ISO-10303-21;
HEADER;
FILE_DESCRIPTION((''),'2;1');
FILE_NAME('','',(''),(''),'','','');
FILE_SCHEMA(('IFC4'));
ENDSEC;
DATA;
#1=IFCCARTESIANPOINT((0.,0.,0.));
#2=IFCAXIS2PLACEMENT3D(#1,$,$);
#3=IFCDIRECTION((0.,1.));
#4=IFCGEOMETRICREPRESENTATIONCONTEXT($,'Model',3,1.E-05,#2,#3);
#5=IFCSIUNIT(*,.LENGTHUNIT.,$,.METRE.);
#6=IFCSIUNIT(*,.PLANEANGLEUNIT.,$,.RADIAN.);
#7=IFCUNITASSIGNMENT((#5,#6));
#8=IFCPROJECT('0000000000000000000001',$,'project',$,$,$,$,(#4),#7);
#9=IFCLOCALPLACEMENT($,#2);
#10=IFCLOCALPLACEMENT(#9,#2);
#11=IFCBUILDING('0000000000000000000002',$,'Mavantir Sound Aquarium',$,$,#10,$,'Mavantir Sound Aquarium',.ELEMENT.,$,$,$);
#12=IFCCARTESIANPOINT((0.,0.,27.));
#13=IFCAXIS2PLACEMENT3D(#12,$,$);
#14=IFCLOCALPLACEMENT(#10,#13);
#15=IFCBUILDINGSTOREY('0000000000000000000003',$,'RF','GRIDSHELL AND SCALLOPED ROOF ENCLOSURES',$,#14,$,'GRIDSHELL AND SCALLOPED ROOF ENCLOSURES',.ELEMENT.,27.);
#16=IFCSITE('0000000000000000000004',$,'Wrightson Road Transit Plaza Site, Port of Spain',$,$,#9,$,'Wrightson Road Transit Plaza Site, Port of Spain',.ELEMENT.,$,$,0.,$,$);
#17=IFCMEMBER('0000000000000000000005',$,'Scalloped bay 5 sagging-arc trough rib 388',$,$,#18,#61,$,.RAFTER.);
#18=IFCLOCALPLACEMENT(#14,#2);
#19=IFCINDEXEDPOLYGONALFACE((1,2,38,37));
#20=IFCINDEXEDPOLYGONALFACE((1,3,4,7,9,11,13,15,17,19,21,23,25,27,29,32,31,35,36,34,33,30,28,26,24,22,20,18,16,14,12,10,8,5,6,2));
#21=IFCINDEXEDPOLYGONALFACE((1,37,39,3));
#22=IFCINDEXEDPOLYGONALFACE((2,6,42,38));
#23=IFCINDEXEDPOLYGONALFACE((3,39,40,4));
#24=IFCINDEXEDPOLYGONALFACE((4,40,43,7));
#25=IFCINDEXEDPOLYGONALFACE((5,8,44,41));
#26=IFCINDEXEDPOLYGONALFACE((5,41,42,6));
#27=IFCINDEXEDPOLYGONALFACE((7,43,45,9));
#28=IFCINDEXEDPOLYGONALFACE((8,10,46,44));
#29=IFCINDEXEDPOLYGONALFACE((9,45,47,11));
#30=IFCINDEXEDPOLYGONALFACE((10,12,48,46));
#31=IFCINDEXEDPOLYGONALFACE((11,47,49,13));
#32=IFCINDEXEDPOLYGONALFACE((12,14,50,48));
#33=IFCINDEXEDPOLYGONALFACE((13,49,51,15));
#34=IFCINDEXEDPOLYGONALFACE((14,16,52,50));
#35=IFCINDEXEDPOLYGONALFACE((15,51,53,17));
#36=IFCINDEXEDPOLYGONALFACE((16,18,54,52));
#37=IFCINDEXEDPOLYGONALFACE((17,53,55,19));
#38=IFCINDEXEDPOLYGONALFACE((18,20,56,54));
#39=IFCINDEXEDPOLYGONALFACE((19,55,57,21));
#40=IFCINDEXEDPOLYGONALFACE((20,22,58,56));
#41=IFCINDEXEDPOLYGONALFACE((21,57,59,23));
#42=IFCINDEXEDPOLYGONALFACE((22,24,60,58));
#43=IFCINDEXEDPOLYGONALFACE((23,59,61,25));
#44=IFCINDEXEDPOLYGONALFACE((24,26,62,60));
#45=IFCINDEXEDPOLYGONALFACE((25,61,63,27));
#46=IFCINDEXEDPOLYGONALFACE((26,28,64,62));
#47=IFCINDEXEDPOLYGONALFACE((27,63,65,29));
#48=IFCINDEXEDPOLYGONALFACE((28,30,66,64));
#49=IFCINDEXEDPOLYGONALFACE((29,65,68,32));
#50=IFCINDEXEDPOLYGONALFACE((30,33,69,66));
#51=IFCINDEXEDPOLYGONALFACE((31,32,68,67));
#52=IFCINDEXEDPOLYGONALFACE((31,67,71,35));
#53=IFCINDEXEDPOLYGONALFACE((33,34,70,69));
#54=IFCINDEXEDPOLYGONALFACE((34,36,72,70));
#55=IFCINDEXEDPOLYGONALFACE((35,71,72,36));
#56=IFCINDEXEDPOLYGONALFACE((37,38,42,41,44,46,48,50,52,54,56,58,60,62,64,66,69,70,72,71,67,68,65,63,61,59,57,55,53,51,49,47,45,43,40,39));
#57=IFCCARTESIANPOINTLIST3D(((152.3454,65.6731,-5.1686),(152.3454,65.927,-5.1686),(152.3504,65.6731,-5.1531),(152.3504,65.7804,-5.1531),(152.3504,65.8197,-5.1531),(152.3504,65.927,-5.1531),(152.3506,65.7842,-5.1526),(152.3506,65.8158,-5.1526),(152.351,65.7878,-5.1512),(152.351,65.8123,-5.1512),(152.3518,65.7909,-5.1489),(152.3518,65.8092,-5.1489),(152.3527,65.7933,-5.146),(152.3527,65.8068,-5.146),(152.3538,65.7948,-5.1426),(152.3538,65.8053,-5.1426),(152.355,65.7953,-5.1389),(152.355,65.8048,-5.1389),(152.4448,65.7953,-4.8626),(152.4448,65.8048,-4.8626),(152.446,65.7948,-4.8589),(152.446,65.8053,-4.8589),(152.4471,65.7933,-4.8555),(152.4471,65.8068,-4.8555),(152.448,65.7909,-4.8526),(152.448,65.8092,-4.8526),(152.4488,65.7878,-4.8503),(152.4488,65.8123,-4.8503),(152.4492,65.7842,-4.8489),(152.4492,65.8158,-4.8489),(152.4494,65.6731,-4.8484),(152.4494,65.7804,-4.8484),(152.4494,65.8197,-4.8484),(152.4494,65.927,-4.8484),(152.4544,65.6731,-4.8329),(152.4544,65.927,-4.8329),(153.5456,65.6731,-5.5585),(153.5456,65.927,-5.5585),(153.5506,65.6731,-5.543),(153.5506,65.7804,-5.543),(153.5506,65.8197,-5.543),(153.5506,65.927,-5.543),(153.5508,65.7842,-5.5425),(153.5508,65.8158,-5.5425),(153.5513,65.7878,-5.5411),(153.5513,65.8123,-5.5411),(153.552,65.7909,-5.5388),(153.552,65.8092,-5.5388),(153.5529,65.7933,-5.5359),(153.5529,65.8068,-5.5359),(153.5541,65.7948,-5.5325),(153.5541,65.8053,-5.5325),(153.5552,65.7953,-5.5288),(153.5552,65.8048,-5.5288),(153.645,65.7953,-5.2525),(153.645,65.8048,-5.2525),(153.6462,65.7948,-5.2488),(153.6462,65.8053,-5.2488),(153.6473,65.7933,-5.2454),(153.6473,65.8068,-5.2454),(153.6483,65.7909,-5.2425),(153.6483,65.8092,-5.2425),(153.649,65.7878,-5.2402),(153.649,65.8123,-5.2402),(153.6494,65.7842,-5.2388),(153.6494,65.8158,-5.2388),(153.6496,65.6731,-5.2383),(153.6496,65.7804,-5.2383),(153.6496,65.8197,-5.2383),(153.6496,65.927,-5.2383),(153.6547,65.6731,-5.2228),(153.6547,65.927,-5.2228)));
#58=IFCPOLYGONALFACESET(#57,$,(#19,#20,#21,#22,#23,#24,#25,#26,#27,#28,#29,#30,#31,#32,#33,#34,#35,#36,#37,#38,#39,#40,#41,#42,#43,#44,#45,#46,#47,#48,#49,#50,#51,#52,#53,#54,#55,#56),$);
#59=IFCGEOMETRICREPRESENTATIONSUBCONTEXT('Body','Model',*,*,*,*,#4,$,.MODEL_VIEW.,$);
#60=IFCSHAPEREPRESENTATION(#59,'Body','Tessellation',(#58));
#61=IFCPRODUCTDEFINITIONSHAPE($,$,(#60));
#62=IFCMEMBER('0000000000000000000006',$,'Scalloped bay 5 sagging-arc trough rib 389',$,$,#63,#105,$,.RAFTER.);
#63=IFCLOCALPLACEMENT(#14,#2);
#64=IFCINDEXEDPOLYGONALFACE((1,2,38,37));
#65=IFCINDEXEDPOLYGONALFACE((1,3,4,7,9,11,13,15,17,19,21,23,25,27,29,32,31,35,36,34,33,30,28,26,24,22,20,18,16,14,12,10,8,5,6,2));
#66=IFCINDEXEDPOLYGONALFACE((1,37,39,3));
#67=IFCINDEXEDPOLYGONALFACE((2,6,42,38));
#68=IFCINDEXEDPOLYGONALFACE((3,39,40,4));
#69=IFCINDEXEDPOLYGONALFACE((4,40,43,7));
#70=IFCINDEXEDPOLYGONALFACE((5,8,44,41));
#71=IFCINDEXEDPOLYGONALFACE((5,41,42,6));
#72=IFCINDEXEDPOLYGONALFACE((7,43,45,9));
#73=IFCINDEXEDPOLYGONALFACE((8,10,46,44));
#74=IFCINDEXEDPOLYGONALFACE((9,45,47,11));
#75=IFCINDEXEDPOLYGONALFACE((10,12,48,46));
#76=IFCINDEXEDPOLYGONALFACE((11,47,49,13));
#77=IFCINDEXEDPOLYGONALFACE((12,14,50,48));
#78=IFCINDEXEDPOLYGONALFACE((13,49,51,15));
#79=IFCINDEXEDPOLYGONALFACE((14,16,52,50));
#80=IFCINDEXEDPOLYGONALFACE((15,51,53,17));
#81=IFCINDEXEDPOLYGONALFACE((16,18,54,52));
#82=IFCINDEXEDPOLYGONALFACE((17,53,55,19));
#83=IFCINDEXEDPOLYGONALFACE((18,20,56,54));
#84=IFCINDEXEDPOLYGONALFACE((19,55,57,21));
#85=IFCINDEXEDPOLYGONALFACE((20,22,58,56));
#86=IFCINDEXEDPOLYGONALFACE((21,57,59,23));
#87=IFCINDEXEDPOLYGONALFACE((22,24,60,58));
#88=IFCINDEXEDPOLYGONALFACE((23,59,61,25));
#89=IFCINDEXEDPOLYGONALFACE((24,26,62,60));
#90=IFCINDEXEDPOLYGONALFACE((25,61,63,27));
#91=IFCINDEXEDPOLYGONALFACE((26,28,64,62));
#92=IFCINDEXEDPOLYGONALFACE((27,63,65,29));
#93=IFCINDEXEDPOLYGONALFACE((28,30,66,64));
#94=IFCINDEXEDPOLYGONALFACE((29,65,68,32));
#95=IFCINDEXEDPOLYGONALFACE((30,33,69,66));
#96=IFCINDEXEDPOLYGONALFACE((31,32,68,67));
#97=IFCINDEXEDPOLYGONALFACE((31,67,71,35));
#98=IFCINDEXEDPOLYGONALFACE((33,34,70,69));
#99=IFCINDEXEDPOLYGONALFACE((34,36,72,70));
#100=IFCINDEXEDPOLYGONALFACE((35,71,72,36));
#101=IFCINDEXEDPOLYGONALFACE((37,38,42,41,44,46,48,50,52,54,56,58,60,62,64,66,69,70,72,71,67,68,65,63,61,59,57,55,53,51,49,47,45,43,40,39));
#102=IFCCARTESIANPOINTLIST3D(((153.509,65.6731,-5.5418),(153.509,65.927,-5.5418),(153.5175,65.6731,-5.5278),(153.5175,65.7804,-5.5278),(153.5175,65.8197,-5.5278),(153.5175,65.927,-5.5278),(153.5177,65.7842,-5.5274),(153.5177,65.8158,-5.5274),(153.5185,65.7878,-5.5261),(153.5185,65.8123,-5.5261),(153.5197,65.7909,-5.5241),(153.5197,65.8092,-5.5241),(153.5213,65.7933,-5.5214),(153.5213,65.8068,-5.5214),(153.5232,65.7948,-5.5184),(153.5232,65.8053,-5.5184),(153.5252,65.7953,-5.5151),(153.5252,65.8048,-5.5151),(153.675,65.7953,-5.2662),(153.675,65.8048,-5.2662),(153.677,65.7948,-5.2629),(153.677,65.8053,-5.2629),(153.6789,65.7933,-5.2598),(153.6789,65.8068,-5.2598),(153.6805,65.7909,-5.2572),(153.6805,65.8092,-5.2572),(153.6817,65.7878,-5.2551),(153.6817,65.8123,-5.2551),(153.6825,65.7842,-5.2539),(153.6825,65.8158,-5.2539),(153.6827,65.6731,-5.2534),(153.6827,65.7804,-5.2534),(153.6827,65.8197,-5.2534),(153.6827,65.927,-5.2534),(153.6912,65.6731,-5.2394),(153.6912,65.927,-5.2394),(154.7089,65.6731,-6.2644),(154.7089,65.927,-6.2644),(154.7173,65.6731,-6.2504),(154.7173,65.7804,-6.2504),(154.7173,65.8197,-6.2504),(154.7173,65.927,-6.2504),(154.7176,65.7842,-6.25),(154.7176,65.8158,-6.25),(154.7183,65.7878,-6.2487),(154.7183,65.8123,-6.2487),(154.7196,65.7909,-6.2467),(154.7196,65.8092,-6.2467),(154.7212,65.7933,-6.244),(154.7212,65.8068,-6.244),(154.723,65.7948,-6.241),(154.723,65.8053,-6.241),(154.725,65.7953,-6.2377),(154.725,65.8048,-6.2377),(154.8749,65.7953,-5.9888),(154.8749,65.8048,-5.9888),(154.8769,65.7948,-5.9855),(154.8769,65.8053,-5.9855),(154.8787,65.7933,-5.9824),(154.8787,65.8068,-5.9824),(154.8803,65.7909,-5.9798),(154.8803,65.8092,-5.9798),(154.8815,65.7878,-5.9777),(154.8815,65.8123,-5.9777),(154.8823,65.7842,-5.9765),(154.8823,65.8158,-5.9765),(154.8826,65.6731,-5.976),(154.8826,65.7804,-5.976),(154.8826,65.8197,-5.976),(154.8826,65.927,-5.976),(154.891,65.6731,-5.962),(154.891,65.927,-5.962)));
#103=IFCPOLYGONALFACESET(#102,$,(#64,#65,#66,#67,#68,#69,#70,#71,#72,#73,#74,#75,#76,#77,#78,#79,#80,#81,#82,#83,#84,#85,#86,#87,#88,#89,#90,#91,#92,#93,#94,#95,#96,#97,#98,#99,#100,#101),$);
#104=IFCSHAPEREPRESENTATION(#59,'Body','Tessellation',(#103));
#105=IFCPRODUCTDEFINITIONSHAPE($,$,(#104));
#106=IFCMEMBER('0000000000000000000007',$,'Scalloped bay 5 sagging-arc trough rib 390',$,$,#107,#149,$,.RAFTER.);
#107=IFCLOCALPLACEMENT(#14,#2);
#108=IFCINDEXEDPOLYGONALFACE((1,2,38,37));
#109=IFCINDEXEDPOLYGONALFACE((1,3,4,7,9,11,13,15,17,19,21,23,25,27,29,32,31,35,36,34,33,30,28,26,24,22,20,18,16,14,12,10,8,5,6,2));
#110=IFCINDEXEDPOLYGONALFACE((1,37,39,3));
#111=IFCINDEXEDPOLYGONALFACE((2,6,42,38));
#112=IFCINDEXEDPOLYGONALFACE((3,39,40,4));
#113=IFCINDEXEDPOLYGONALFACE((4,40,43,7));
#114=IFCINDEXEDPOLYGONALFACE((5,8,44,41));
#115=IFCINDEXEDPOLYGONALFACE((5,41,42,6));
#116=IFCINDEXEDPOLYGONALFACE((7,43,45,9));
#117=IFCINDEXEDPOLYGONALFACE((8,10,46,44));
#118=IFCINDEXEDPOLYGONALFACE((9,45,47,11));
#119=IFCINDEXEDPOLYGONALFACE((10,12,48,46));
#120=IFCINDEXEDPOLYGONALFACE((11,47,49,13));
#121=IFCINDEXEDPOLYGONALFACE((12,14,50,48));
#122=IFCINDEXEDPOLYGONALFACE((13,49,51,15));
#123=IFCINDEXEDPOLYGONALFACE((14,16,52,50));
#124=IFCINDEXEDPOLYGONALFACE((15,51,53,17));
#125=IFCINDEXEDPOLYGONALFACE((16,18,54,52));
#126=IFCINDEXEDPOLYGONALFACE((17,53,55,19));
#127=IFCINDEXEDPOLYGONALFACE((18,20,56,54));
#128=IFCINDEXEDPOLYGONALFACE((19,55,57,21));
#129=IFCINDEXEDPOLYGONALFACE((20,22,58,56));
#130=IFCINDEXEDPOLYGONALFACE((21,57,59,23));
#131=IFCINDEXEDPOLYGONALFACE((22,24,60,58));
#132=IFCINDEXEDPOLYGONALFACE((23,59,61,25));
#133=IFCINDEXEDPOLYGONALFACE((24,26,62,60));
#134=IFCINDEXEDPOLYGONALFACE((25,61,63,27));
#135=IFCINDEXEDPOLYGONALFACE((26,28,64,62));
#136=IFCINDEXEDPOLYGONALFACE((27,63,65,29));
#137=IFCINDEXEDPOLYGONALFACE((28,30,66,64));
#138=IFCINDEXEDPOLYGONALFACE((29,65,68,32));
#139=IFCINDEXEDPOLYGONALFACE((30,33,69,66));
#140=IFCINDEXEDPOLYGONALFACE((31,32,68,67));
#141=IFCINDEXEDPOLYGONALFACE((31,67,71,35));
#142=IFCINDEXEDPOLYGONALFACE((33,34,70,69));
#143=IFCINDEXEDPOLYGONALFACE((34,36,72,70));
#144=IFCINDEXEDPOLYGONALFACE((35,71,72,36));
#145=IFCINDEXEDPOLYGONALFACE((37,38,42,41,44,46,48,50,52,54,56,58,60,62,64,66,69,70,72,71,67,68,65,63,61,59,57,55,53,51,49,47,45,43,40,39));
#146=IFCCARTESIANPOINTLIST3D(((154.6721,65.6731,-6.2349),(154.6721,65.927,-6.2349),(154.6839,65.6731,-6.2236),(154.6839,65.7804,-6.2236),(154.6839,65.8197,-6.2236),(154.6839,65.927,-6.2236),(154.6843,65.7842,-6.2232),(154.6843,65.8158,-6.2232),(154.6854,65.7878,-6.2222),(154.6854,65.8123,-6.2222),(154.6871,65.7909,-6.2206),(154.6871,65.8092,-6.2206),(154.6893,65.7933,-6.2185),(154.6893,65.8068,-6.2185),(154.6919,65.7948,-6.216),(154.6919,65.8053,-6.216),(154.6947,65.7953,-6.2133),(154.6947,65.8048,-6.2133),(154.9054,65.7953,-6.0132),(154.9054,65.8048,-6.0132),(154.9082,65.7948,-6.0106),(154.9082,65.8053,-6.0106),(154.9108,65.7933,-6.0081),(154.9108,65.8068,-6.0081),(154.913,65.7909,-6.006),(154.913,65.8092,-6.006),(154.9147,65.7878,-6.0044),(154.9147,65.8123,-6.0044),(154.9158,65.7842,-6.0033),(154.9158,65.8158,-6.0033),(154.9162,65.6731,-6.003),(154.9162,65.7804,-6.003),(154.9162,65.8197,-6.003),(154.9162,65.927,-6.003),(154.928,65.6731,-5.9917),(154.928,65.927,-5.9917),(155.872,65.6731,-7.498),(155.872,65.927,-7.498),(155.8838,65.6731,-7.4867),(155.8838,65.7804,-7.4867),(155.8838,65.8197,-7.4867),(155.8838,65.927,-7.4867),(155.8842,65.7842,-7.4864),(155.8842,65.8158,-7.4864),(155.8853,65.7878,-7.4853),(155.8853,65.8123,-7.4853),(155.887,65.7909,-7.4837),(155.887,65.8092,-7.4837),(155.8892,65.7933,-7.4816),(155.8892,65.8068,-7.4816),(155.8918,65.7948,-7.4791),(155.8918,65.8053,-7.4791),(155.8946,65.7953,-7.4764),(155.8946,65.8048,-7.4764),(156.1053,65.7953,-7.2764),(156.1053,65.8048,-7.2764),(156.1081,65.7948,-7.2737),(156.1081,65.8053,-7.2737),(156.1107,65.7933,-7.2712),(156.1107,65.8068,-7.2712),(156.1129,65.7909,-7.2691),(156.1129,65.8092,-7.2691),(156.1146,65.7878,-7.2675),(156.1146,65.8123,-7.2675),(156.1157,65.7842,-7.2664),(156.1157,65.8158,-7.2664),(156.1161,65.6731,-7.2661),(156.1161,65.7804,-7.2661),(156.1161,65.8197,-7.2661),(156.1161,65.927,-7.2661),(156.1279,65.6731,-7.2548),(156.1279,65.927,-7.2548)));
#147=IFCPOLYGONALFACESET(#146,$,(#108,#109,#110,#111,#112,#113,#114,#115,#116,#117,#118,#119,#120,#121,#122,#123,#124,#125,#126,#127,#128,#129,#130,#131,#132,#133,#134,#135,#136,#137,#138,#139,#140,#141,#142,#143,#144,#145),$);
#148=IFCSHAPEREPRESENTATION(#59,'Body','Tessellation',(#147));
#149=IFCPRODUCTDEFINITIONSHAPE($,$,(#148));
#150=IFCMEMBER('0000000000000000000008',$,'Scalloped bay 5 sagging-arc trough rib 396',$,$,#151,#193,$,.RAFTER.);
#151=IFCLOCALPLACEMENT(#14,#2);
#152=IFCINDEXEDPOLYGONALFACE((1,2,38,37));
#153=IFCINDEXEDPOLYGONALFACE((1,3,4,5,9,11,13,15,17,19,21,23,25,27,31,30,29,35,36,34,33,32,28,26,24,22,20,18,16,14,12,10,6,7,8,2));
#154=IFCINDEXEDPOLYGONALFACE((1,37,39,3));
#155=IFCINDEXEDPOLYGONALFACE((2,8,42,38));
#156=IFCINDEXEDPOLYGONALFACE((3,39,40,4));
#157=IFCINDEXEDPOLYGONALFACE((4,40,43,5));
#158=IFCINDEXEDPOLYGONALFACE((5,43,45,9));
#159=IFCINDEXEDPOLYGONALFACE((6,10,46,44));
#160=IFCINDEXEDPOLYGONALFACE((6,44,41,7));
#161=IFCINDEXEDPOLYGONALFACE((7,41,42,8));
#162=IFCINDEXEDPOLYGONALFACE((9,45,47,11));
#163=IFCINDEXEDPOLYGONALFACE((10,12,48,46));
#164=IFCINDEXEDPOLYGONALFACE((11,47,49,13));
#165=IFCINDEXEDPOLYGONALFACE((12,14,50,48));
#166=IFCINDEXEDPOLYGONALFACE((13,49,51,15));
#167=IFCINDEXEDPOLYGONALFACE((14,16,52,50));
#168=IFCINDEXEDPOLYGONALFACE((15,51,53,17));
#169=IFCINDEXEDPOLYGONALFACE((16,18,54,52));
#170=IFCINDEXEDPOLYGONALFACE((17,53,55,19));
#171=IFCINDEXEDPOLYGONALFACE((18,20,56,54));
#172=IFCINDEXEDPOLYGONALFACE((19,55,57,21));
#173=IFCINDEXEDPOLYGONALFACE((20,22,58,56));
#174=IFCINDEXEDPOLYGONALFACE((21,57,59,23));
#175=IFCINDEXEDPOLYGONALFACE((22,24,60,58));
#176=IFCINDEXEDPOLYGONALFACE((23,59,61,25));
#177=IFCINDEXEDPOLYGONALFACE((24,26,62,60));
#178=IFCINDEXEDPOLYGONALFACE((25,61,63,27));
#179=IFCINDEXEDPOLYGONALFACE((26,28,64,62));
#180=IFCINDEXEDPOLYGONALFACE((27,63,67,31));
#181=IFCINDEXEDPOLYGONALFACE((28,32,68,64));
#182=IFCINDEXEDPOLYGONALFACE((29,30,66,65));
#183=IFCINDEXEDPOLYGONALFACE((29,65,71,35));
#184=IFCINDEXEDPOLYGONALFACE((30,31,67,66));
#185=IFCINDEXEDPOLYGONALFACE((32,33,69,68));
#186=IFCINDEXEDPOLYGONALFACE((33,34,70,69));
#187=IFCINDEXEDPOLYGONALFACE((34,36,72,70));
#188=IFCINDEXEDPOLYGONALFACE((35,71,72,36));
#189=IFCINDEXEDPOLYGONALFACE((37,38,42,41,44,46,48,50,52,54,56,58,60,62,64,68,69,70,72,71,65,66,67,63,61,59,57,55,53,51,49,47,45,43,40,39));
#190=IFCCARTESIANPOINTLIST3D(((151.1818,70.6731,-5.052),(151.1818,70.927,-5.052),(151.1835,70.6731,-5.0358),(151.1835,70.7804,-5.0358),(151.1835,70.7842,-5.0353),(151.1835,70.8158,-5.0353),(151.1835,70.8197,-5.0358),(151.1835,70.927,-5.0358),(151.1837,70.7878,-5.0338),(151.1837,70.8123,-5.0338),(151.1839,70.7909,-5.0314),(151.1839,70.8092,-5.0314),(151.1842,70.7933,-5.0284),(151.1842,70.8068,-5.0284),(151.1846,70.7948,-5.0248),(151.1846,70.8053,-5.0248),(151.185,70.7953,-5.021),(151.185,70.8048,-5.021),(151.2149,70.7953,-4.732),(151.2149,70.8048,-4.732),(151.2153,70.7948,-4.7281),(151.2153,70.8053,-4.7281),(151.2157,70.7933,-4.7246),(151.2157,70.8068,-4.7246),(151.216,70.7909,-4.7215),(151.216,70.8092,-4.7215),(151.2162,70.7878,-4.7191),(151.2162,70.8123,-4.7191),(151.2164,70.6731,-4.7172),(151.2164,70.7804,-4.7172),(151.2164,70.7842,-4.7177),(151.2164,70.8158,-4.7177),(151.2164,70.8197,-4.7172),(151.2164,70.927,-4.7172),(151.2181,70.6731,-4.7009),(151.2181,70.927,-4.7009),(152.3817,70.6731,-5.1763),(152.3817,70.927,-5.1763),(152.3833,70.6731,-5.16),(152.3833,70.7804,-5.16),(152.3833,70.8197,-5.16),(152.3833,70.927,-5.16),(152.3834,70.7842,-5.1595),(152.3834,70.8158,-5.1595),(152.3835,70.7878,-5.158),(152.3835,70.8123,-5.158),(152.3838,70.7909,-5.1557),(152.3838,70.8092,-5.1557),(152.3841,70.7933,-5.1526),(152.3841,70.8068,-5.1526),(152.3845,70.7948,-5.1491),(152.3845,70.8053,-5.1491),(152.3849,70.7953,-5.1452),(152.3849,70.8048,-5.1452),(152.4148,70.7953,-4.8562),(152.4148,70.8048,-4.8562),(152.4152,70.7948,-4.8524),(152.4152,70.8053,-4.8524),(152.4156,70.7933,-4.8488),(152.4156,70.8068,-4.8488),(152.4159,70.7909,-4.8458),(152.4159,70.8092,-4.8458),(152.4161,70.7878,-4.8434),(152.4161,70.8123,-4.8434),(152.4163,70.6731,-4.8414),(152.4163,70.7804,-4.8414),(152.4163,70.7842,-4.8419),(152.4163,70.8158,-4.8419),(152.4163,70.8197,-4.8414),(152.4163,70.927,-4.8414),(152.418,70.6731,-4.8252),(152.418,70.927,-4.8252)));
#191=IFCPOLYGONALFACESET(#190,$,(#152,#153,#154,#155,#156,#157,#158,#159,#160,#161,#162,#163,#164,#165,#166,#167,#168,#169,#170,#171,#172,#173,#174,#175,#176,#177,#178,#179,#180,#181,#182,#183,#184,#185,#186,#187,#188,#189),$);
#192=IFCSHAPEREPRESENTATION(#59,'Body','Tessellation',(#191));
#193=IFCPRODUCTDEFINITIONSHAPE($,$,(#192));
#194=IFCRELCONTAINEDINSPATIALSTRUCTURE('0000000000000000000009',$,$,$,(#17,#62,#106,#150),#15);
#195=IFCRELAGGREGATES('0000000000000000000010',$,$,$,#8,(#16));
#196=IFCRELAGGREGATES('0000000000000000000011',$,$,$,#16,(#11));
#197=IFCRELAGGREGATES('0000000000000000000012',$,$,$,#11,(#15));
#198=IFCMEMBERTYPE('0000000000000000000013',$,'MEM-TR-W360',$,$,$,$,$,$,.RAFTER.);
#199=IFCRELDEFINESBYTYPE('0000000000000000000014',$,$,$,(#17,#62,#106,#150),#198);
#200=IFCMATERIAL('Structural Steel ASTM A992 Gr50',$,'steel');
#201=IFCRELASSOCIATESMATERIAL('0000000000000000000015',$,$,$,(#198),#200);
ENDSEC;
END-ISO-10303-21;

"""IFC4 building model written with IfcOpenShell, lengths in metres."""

from ifc_helpers import new_model, si_unit, direction, frame, origin, origin_2d, place, context, subcontext, project, spatial, i_section, extrude, material, material_profile, profile_set, type_object, element, save


model = new_model("IFC4")

# Units and contexts
model_context = context("Model", 3, precision=1e-05, world=origin(), true_north=direction((0.0, 1.0)))
body_context = subcontext(model_context, "Body", "Model", "MODEL_VIEW")
ifc_project = project(units=[si_unit("LENGTHUNIT", "METRE"), si_unit("PLANEANGLEUNIT", "RADIAN")], contexts=[model_context])

# Site, building, storey
site_placement = place(None, origin())
site = spatial("IfcSite", under=ifc_project, at=site_placement, Name="Wrightson Road Transit Plaza Site, Port of Spain", LongName="Wrightson Road Transit Plaza Site, Port of Spain", CompositionType="ELEMENT", RefElevation=0.0)
building_placement = place(site_placement, origin())
building = spatial("IfcBuilding", under=site, at=building_placement, Name="Mavantir Sound Aquarium", LongName="Mavantir Sound Aquarium", CompositionType="ELEMENT")
storey_placement = place(building_placement, frame((0.0, 0.0, 27.0)))
storey = spatial("IfcBuildingStorey", under=building, at=storey_placement, Name="RF", Description="GRIDSHELL AND SCALLOPED ROOF ENCLOSURES", LongName="GRIDSHELL AND SCALLOPED ROOF ENCLOSURES", CompositionType="ELEMENT", Elevation=27.0)

# Shared definitions
ifc_material_1 = material(Name="Structural Steel ASTM A992 Gr50", Category="steel")

# Members
ifc_material_profile_1 = material_profile(ifc_material_1, i_section(OverallWidth=0.2539, OverallDepth=0.353, WebThickness=0.0095, FlangeThickness=0.0164, FilletRadius=0.0149, at=origin_2d()), Name="W360X91")
ifc_profile_set_1 = profile_set([ifc_material_profile_1], Name="Structural Steel ASTM A992 Gr50")
member_type_1 = type_object("IfcMemberType", Name="MEM-TR-W360", PredefinedType="RAFTER", material=ifc_profile_set_1)
member_1_placement = place(storey_placement, frame((152.3999, 65.8, -5.0007), z_axis=(0.951074, 0.0, -0.308964), x_axis=(0.0, 1.0, 0.0)))
element("IfcMember", 1, at=member_1_placement, inside=storey, type_object=member_type_1, Name="Scalloped bay 5 sagging-arc trough rib 388", PredefinedType="RAFTER", context=body_context, shape_type="SweptSolid", body=[
    extrude(i_section(OverallWidth=0.2539, OverallDepth=0.353, WebThickness=0.0095, FlangeThickness=0.0164, FilletRadius=0.0149, at=origin_2d()), origin(), (0.0, 0.0, 1.0), 1.262),
])
member_2_placement = place(storey_placement, frame((153.6001, 65.8, -5.3906), z_axis=(0.856646, 0.0, -0.515905), x_axis=(0.0, 1.0, 0.0)))
element("IfcMember", 2, at=member_2_placement, inside=storey, type_object=member_type_1, Name="Scalloped bay 5 sagging-arc trough rib 389", PredefinedType="RAFTER", context=body_context, shape_type="SweptSolid", body=[
    extrude(i_section(OverallWidth=0.2539, OverallDepth=0.353, WebThickness=0.0095, FlangeThickness=0.0164, FilletRadius=0.0149, at=origin_2d()), origin(), (0.0, 0.0, 1.0), 1.4006),
])
member_3_placement = place(storey_placement, frame((154.8, 65.8, -6.1133), z_axis=(0.688727, 0.0, -0.72502), x_axis=(0.0, 1.0, 0.0)))
element("IfcMember", 3, at=member_3_placement, inside=storey, type_object=member_type_1, Name="Scalloped bay 5 sagging-arc trough rib 390", PredefinedType="RAFTER", context=body_context, shape_type="SweptSolid", body=[
    extrude(i_section(OverallWidth=0.2539, OverallDepth=0.353, WebThickness=0.0095, FlangeThickness=0.0164, FilletRadius=0.0149, at=origin_2d()), origin(), (0.0, 0.0, 1.0), 1.7422),
])
member_4_placement = place(storey_placement, frame((151.2, 70.8, -4.8765), z_axis=(0.99468, 0.0, -0.10301), x_axis=(0.0, 1.0, 0.0)))
element("IfcMember", 4, at=member_4_placement, inside=storey, type_object=member_type_1, Name="Scalloped bay 5 sagging-arc trough rib 396", PredefinedType="RAFTER", context=body_context, shape_type="SweptSolid", body=[
    extrude(i_section(OverallWidth=0.2539, OverallDepth=0.353, WebThickness=0.0095, FlangeThickness=0.0164, FilletRadius=0.0149, at=origin_2d()), origin(), (0.0, 0.0, 1.0), 1.2063),
])

save(model, "model.ifc")
